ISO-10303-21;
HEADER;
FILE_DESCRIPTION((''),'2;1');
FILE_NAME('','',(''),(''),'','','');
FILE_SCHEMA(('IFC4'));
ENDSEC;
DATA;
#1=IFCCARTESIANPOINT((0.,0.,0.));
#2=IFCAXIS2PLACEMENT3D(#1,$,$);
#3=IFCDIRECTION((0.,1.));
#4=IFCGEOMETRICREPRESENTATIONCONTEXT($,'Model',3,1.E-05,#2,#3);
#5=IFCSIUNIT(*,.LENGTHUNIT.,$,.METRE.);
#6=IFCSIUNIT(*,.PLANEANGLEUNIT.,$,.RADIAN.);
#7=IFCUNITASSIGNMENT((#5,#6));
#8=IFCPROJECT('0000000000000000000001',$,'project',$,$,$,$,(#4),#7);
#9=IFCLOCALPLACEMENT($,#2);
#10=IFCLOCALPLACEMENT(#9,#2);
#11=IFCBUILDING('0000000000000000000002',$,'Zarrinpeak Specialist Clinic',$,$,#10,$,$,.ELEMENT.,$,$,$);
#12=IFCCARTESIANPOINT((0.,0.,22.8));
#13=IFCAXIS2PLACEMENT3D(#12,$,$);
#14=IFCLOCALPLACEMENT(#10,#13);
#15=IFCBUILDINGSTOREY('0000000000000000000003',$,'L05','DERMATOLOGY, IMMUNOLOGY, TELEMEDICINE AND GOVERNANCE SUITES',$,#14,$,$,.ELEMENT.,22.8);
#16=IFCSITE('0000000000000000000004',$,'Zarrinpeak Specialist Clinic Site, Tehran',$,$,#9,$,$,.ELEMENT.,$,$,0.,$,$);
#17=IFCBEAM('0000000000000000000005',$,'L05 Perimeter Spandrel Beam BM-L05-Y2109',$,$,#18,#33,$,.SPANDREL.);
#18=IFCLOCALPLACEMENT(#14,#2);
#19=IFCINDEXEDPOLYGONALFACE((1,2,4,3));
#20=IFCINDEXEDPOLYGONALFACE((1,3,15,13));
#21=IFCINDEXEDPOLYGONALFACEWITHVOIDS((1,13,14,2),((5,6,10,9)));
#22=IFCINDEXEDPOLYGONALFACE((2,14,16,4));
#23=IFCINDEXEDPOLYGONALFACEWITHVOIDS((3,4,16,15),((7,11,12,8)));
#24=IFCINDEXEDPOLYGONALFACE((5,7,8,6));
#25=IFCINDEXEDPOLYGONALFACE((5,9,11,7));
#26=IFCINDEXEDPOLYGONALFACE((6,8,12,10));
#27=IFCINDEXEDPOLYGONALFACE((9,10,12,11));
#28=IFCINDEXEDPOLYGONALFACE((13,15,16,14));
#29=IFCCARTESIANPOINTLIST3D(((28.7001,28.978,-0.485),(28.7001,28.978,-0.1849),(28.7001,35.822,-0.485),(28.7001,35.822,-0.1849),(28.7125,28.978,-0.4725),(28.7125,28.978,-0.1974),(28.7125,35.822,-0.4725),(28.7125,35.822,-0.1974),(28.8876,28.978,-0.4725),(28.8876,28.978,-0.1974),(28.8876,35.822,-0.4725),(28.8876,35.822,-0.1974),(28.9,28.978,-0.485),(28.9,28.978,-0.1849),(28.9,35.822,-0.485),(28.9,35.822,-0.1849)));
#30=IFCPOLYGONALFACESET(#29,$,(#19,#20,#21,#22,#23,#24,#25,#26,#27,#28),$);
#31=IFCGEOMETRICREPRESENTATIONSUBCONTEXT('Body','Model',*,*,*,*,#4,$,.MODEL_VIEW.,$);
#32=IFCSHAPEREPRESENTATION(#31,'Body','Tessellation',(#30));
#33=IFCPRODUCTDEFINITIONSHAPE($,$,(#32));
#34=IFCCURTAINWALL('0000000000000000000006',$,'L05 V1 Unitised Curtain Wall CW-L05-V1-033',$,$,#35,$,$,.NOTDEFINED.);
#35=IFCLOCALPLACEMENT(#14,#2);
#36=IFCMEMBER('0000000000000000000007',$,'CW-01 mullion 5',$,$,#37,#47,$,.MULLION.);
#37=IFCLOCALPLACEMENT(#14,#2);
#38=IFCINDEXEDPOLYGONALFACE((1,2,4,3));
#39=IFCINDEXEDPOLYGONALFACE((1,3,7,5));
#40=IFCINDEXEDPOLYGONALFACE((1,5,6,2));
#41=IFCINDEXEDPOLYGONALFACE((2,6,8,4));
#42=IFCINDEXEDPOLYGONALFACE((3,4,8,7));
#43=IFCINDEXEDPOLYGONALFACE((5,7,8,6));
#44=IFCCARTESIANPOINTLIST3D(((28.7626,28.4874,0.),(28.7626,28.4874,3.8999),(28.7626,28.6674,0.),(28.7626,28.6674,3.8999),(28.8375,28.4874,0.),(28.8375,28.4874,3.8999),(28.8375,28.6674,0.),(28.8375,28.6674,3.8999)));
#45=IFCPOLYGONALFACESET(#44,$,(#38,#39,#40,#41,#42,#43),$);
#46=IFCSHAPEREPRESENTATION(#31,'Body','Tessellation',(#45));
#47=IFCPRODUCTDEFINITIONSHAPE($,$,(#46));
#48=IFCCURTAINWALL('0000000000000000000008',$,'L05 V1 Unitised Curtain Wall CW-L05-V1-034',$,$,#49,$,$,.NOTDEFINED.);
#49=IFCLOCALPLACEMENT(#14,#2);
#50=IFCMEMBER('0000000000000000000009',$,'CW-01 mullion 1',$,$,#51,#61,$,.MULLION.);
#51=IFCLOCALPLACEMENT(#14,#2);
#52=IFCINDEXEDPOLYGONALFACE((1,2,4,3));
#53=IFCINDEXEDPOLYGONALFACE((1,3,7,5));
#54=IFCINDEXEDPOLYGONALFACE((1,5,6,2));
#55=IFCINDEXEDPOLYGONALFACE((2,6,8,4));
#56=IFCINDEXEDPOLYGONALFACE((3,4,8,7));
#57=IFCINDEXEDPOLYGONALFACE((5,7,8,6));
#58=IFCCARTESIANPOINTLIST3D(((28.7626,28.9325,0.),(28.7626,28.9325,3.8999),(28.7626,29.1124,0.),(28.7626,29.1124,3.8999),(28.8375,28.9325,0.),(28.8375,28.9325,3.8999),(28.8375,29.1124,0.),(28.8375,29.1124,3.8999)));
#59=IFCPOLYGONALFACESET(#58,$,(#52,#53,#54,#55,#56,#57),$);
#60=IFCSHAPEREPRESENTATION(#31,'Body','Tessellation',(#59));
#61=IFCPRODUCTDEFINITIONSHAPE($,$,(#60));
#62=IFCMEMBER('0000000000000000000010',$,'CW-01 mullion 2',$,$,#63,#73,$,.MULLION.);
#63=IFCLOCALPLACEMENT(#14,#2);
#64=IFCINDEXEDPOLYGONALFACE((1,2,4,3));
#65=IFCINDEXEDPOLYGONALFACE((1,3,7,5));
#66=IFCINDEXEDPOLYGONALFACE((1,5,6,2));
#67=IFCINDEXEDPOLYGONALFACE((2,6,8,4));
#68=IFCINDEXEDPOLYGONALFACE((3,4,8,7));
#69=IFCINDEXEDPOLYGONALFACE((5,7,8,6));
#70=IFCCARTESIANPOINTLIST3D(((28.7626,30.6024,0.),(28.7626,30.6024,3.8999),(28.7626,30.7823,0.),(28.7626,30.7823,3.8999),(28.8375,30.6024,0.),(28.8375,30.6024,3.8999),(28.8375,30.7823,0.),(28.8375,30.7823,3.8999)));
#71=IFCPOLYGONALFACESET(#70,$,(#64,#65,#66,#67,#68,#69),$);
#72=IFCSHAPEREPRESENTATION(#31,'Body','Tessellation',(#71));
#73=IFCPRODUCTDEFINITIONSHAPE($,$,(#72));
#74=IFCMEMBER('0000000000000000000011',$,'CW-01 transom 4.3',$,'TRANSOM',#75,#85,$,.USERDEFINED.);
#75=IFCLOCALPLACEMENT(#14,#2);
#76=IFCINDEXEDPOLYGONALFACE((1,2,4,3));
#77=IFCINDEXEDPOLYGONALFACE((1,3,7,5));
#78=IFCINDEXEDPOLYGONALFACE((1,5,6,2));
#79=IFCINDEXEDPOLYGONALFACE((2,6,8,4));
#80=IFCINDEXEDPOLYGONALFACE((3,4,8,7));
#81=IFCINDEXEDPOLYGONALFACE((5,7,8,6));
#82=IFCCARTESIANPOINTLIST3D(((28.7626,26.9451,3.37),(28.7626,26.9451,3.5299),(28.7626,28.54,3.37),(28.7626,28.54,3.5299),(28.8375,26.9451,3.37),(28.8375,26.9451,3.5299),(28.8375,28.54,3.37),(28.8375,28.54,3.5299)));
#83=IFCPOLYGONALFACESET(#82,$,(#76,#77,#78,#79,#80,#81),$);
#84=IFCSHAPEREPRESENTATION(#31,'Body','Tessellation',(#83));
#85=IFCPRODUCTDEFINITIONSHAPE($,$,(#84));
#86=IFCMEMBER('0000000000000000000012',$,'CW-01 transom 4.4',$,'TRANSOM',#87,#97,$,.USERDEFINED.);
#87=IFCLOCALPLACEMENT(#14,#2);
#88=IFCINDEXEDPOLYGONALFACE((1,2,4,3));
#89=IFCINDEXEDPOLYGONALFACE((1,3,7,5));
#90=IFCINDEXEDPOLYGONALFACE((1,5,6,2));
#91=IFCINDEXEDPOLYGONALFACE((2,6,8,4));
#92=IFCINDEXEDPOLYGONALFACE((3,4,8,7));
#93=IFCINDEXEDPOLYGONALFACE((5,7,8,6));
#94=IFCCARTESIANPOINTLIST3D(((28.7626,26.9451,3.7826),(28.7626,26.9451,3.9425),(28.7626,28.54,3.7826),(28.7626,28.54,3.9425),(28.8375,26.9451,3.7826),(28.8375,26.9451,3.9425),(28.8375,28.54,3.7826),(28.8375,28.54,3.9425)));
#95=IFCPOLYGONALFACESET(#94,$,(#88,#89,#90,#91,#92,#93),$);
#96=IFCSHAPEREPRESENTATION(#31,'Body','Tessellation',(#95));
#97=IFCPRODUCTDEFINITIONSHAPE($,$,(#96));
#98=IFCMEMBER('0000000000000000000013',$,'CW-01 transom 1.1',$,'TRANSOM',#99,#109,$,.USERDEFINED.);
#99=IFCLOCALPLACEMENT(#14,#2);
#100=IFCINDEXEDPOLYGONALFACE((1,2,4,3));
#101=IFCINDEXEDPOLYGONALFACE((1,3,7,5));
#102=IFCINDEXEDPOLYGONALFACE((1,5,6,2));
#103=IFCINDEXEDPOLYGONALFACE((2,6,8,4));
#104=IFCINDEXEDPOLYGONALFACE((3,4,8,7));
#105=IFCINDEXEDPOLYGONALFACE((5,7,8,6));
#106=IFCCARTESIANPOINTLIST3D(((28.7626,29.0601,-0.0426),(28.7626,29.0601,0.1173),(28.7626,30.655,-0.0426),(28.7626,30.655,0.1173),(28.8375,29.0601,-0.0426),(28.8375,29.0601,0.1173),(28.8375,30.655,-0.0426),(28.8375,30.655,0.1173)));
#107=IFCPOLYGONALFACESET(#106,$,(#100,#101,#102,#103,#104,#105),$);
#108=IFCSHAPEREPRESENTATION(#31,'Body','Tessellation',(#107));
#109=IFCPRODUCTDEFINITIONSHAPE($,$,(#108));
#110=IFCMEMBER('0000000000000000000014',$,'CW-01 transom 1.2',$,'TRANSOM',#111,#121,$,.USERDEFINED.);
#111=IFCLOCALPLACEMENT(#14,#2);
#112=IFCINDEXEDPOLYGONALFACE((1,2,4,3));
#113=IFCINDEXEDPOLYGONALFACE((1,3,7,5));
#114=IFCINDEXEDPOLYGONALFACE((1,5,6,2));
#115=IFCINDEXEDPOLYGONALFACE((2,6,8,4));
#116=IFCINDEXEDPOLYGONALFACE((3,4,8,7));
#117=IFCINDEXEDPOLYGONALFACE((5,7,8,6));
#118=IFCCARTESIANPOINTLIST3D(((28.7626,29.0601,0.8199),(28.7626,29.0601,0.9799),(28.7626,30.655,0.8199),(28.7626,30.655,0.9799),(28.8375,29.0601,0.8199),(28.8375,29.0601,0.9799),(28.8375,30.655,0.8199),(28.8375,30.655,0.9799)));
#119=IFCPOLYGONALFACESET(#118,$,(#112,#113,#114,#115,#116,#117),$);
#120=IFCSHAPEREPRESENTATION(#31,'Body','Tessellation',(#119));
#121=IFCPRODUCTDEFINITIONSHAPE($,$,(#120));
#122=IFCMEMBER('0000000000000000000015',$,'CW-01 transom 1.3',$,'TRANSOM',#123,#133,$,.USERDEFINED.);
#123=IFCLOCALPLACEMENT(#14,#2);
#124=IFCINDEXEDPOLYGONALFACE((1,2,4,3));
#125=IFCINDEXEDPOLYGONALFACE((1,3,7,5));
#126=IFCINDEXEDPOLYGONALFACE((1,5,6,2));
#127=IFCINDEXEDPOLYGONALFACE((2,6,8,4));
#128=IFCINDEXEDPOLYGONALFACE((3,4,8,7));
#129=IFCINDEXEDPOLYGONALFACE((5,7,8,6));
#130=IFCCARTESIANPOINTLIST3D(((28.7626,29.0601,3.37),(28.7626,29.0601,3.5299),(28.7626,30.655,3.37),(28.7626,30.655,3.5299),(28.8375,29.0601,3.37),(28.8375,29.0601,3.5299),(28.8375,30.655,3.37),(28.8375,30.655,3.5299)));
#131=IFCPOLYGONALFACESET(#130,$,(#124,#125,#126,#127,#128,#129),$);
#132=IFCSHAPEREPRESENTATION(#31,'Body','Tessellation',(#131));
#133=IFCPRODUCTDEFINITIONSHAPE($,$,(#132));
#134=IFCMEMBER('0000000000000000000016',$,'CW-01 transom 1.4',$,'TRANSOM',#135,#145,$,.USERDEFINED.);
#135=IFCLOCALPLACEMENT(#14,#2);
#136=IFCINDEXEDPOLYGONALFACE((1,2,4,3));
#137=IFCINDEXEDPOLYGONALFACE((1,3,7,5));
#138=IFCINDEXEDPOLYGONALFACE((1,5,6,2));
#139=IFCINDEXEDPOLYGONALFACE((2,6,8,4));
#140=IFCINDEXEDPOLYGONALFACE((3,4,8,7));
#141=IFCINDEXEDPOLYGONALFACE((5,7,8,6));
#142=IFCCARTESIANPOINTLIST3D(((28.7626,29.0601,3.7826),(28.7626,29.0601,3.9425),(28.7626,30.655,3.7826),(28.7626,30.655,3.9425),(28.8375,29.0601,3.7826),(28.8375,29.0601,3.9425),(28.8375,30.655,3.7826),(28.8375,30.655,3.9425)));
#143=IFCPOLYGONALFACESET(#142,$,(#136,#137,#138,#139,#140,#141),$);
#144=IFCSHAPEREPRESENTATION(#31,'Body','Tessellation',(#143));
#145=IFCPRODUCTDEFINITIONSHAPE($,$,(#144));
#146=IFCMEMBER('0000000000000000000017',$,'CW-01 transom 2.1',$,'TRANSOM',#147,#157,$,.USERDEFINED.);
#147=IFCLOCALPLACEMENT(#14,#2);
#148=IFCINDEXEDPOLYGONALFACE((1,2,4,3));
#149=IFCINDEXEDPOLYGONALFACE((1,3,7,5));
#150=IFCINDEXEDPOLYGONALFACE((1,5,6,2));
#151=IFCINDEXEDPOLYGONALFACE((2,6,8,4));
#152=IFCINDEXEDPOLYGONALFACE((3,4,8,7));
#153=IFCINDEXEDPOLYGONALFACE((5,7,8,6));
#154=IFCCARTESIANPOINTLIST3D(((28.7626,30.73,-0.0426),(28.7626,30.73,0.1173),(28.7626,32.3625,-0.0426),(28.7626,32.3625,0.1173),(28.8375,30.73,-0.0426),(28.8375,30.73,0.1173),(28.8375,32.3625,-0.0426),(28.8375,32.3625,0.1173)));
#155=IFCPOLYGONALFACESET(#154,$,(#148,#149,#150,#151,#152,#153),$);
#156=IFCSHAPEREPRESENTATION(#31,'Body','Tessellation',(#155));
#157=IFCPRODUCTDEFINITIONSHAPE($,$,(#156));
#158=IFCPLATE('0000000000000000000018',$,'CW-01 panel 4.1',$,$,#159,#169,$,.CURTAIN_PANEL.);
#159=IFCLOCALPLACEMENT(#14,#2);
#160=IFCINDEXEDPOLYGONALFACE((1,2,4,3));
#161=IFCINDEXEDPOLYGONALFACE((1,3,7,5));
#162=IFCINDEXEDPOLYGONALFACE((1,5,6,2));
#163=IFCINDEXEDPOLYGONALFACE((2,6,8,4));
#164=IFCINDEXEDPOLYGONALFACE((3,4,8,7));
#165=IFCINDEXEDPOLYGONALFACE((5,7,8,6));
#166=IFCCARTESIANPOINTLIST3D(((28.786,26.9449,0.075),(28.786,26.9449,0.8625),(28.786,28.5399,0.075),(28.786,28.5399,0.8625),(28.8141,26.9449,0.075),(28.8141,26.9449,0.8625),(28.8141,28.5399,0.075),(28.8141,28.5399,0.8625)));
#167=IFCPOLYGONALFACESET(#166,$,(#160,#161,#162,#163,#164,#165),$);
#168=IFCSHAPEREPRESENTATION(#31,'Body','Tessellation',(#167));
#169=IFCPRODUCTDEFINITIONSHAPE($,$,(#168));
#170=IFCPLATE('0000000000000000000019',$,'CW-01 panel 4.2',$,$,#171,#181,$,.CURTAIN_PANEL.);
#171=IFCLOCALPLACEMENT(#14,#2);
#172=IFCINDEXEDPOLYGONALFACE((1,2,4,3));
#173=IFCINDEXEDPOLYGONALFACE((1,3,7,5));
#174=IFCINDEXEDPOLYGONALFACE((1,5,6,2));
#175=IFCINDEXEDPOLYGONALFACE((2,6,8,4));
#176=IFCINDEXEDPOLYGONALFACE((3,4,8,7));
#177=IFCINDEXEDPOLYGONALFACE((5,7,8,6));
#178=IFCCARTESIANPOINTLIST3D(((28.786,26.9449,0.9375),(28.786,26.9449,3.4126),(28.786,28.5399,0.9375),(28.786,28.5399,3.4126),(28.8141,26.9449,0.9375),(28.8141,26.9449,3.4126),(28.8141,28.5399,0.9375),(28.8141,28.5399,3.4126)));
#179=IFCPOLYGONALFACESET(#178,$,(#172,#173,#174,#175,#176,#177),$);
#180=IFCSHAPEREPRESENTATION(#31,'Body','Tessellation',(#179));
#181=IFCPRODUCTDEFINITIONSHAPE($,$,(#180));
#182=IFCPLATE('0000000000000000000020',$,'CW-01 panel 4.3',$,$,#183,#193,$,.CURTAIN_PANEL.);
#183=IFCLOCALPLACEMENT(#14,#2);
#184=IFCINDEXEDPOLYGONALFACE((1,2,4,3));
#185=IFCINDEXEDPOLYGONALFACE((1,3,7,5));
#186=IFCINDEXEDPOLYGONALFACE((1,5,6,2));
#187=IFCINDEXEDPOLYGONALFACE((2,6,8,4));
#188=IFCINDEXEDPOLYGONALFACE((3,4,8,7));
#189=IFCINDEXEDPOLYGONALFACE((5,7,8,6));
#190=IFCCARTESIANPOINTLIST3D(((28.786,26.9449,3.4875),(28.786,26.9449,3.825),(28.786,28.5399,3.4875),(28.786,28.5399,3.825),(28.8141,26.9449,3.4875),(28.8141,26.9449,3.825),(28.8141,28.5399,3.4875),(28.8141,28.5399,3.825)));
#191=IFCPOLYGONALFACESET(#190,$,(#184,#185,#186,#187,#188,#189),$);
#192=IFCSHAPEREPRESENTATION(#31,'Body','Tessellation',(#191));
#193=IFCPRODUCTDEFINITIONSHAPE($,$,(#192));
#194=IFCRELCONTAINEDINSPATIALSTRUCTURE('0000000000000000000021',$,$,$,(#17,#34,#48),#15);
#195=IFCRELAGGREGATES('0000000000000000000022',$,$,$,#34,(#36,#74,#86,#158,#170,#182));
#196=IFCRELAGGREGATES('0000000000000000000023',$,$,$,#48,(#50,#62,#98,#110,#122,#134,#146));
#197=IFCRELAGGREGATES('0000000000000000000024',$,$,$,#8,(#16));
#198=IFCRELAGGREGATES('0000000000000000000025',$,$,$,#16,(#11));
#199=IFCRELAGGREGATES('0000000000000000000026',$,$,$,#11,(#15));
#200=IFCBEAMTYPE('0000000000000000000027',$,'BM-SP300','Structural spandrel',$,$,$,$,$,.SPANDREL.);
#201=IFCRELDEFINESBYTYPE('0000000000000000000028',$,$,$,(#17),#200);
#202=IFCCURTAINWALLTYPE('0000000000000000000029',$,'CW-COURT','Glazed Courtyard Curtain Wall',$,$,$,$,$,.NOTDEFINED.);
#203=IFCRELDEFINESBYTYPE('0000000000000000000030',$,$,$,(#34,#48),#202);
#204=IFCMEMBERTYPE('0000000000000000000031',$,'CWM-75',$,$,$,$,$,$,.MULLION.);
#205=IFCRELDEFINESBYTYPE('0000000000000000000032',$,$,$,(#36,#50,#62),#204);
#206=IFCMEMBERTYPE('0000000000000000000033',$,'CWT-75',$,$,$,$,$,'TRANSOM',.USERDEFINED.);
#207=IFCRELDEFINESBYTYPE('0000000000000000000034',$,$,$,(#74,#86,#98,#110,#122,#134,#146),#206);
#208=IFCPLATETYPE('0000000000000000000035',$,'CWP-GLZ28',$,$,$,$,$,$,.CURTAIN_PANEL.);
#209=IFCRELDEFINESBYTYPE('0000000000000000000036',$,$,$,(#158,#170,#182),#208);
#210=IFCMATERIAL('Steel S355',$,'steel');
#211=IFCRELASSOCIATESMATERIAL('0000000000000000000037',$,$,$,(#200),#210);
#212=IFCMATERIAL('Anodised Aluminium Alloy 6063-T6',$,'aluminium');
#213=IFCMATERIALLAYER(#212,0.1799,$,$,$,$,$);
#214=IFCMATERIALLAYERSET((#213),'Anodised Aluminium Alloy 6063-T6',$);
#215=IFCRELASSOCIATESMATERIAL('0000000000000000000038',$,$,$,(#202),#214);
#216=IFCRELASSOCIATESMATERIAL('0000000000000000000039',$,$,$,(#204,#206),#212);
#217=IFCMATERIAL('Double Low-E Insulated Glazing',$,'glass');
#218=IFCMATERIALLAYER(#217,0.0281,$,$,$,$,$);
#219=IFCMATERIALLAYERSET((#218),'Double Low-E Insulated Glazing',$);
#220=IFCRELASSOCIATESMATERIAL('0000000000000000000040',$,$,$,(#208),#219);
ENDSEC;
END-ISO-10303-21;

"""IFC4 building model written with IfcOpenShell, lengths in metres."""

from ifc_helpers import new_model, si_unit, direction, frame, origin, origin_2d, place, context, subcontext, project, spatial, rectangle, hollow_rectangle, extrude, material, layer, layer_set, material_profile, profile_set, type_object, element, aggregate, save


model = new_model("IFC4")

# Units and contexts
model_context = context("Model", 3, precision=1e-05, world=origin(), true_north=direction((0.0, 1.0)))
body_context = subcontext(model_context, "Body", "Model", "MODEL_VIEW")
ifc_project = project(units=[si_unit("LENGTHUNIT", "METRE"), si_unit("PLANEANGLEUNIT", "RADIAN")], contexts=[model_context])

# Site, building, storey
site_placement = place(None, origin())
site = spatial("IfcSite", under=ifc_project, at=site_placement, Name="Zarrinpeak Specialist Clinic Site, Tehran", CompositionType="ELEMENT", RefElevation=0.0)
building_placement = place(site_placement, origin())
building = spatial("IfcBuilding", under=site, at=building_placement, Name="Zarrinpeak Specialist Clinic", CompositionType="ELEMENT")
storey_placement = place(building_placement, frame((0.0, 0.0, 22.8)))
storey = spatial("IfcBuildingStorey", under=building, at=storey_placement, Name="L05", Description="DERMATOLOGY, IMMUNOLOGY, TELEMEDICINE AND GOVERNANCE SUITES", CompositionType="ELEMENT", Elevation=22.8)

# Shared definitions
ifc_material_1 = material(Name="Steel S355", Category="steel")

# Beam
ifc_material_profile_1 = material_profile(ifc_material_1, hollow_rectangle(XDim=0.2, YDim=0.3, WallThickness=0.0125, at=origin_2d()), Name="RHS 300x200x12.5")
ifc_profile_set_1 = profile_set([ifc_material_profile_1], Name="Steel S355")
beam_type_1 = type_object("IfcBeamType", Name="BM-SP300", Description="Structural spandrel", PredefinedType="SPANDREL", material=ifc_profile_set_1)
beam_1_placement = place(storey_placement, frame((28.8, 28.978, -0.335), z_axis=(0.0, 1.0, 0.0), x_axis=(-1.0, 0.0, 0.0)))
element("IfcBeam", 1, at=beam_1_placement, inside=storey, type_object=beam_type_1, Name="L05 Perimeter Spandrel Beam BM-L05-Y2109", PredefinedType="SPANDREL", context=body_context, shape_type="SweptSolid", body=[
    extrude(hollow_rectangle(XDim=0.2, YDim=0.3, WallThickness=0.0125, at=origin_2d()), origin(), (0.0, 0.0, 1.0), 6.844),
])

# Curtain wall, member
ifc_material_2 = material(Name="Anodised Aluminium Alloy 6063-T6", Category="aluminium")
ifc_layer_1 = layer(ifc_material_2, 0.1799)
ifc_layer_set_1 = layer_set([ifc_layer_1], Name="Anodised Aluminium Alloy 6063-T6")
curtain_wall_type = type_object("IfcCurtainWallType", Name="CW-COURT", Description="Glazed Courtyard Curtain Wall", PredefinedType="NOTDEFINED", material=ifc_layer_set_1)
curtain_wall_1_placement = place(storey_placement, origin())
curtain_wall_1 = element("IfcCurtainWall", 2, at=curtain_wall_1_placement, inside=storey, type_object=curtain_wall_type, Name="L05 V1 Unitised Curtain Wall CW-L05-V1-033", PredefinedType="NOTDEFINED")
ifc_material_profile_2 = material_profile(ifc_material_2, rectangle(XDim=0.075, YDim=0.1799, at=origin_2d()), Name="ALU 75x180")
ifc_profile_set_2 = profile_set([ifc_material_profile_2], Name="Anodised Aluminium Alloy 6063-T6")
member_type_1 = type_object("IfcMemberType", Name="CWM-75", PredefinedType="MULLION", material=ifc_profile_set_2)
member_1_placement = place(storey_placement, frame((28.8, 28.5774, 0.0), z_axis=(0.0, 0.0, 1.0), x_axis=(-1.0, 0.0, 0.0)))
member_1 = element("IfcMember", 3, at=member_1_placement, type_object=member_type_1, Name="CW-01 mullion 5", PredefinedType="MULLION", context=body_context, shape_type="SweptSolid", body=[
    extrude(rectangle(XDim=0.075, YDim=0.1799, at=origin_2d()), origin(), (0.0, 0.0, 1.0), 3.8999),
])

# Curtain wall, members
curtain_wall_2_placement = place(storey_placement, origin())
curtain_wall_2 = element("IfcCurtainWall", 4, at=curtain_wall_2_placement, inside=storey, type_object=curtain_wall_type, Name="L05 V1 Unitised Curtain Wall CW-L05-V1-034", PredefinedType="NOTDEFINED")
member_2_placement = place(storey_placement, frame((28.8, 29.0225, 0.0), z_axis=(0.0, 0.0, 1.0), x_axis=(-1.0, 0.0, 0.0)))
member_2 = element("IfcMember", 5, at=member_2_placement, type_object=member_type_1, Name="CW-01 mullion 1", PredefinedType="MULLION", context=body_context, shape_type="SweptSolid", body=[
    extrude(rectangle(XDim=0.075, YDim=0.1799, at=origin_2d()), origin(), (0.0, 0.0, 1.0), 3.8999),
])
member_3_placement = place(storey_placement, frame((28.8, 30.6924, 0.0), z_axis=(0.0, 0.0, 1.0), x_axis=(-1.0, 0.0, 0.0)))
member_3 = element("IfcMember", 6, at=member_3_placement, type_object=member_type_1, Name="CW-01 mullion 2", PredefinedType="MULLION", context=body_context, shape_type="SweptSolid", body=[
    extrude(rectangle(XDim=0.075, YDim=0.1799, at=origin_2d()), origin(), (0.0, 0.0, 1.0), 3.8999),
])

# Members
ifc_material_profile_3 = material_profile(ifc_material_2, rectangle(XDim=0.075, YDim=0.1599, at=origin_2d()), Name="ALU 75x160")
ifc_profile_set_3 = profile_set([ifc_material_profile_3], Name="Anodised Aluminium Alloy 6063-T6")
member_type_2 = type_object("IfcMemberType", Name="CWT-75", ElementType="TRANSOM", PredefinedType="USERDEFINED", material=ifc_profile_set_3)
member_4_placement = place(storey_placement, frame((28.8, 26.9451, 3.45), z_axis=(0.0, 1.0, 0.0), x_axis=(-1.0, 0.0, 0.0)))
member_4 = element("IfcMember", 7, at=member_4_placement, type_object=member_type_2, Name="CW-01 transom 4.3", ObjectType="TRANSOM", PredefinedType="USERDEFINED", context=body_context, shape_type="SweptSolid", body=[
    extrude(rectangle(XDim=0.075, YDim=0.1599, at=origin_2d()), origin(), (0.0, 0.0, 1.0), 1.595),
])
member_5_placement = place(storey_placement, frame((28.8, 26.9451, 3.8625), z_axis=(0.0, 1.0, 0.0), x_axis=(-1.0, 0.0, 0.0)))
member_5 = element("IfcMember", 8, at=member_5_placement, type_object=member_type_2, Name="CW-01 transom 4.4", ObjectType="TRANSOM", PredefinedType="USERDEFINED", context=body_context, shape_type="SweptSolid", body=[
    extrude(rectangle(XDim=0.075, YDim=0.1599, at=origin_2d()), origin(), (0.0, 0.0, 1.0), 1.595),
])
member_6_placement = place(storey_placement, frame((28.8, 29.0601, 0.0374), z_axis=(0.0, 1.0, 0.0), x_axis=(-1.0, 0.0, 0.0)))
member_6 = element("IfcMember", 9, at=member_6_placement, type_object=member_type_2, Name="CW-01 transom 1.1", ObjectType="TRANSOM", PredefinedType="USERDEFINED", context=body_context, shape_type="SweptSolid", body=[
    extrude(rectangle(XDim=0.075, YDim=0.1599, at=origin_2d()), origin(), (0.0, 0.0, 1.0), 1.595),
])
member_7_placement = place(storey_placement, frame((28.8, 29.0601, 0.8999), z_axis=(0.0, 1.0, 0.0), x_axis=(-1.0, 0.0, 0.0)))
member_7 = element("IfcMember", 10, at=member_7_placement, type_object=member_type_2, Name="CW-01 transom 1.2", ObjectType="TRANSOM", PredefinedType="USERDEFINED", context=body_context, shape_type="SweptSolid", body=[
    extrude(rectangle(XDim=0.075, YDim=0.1599, at=origin_2d()), origin(), (0.0, 0.0, 1.0), 1.595),
])
member_8_placement = place(storey_placement, frame((28.8, 29.0601, 3.45), z_axis=(0.0, 1.0, 0.0), x_axis=(-1.0, 0.0, 0.0)))
member_8 = element("IfcMember", 11, at=member_8_placement, type_object=member_type_2, Name="CW-01 transom 1.3", ObjectType="TRANSOM", PredefinedType="USERDEFINED", context=body_context, shape_type="SweptSolid", body=[
    extrude(rectangle(XDim=0.075, YDim=0.1599, at=origin_2d()), origin(), (0.0, 0.0, 1.0), 1.595),
])
member_9_placement = place(storey_placement, frame((28.8, 29.0601, 3.8625), z_axis=(0.0, 1.0, 0.0), x_axis=(-1.0, 0.0, 0.0)))
member_9 = element("IfcMember", 12, at=member_9_placement, type_object=member_type_2, Name="CW-01 transom 1.4", ObjectType="TRANSOM", PredefinedType="USERDEFINED", context=body_context, shape_type="SweptSolid", body=[
    extrude(rectangle(XDim=0.075, YDim=0.1599, at=origin_2d()), origin(), (0.0, 0.0, 1.0), 1.595),
])
member_10_placement = place(storey_placement, frame((28.8, 30.73, 0.0374), z_axis=(0.0, 1.0, 0.0), x_axis=(-1.0, 0.0, 0.0)))
member_10 = element("IfcMember", 13, at=member_10_placement, type_object=member_type_2, Name="CW-01 transom 2.1", ObjectType="TRANSOM", PredefinedType="USERDEFINED", context=body_context, shape_type="SweptSolid", body=[
    extrude(rectangle(XDim=0.075, YDim=0.1599, at=origin_2d()), origin(), (0.0, 0.0, 1.0), 1.6326),
])

# Plates
ifc_material_3 = material(Name="Double Low-E Insulated Glazing", Category="glass")
ifc_layer_2 = layer(ifc_material_3, 0.0281)
ifc_layer_set_2 = layer_set([ifc_layer_2], Name="Double Low-E Insulated Glazing")
plate_type = type_object("IfcPlateType", Name="CWP-GLZ28", PredefinedType="CURTAIN_PANEL", material=ifc_layer_set_2)
plate_1_placement = place(storey_placement, frame((28.8, 27.7424, 0.075), z_axis=(0.0, 0.0, 1.0), x_axis=(0.0, 1.0, 0.0)))
plate_1 = element("IfcPlate", 14, at=plate_1_placement, type_object=plate_type, Name="CW-01 panel 4.1", PredefinedType="CURTAIN_PANEL", context=body_context, shape_type="SweptSolid", body=[
    extrude(rectangle(XDim=1.595, YDim=0.0281, at=origin_2d()), origin(), (0.0, 0.0, 1.0), 0.7876),
])
plate_2_placement = place(storey_placement, frame((28.8, 27.7424, 0.9375), z_axis=(0.0, 0.0, 1.0), x_axis=(0.0, 1.0, 0.0)))
plate_2 = element("IfcPlate", 15, at=plate_2_placement, type_object=plate_type, Name="CW-01 panel 4.2", PredefinedType="CURTAIN_PANEL", context=body_context, shape_type="SweptSolid", body=[
    extrude(rectangle(XDim=1.595, YDim=0.0281, at=origin_2d()), origin(), (0.0, 0.0, 1.0), 2.4751),
])
plate_3_placement = place(storey_placement, frame((28.8, 27.7424, 3.4875), z_axis=(0.0, 0.0, 1.0), x_axis=(0.0, 1.0, 0.0)))
plate_3 = element("IfcPlate", 16, at=plate_3_placement, type_object=plate_type, Name="CW-01 panel 4.3", PredefinedType="CURTAIN_PANEL", context=body_context, shape_type="SweptSolid", body=[
    extrude(rectangle(XDim=1.595, YDim=0.0281, at=origin_2d()), origin(), (0.0, 0.0, 1.0), 0.3374),
])
aggregate(curtain_wall_1, [member_1, member_4, member_5, plate_1, plate_2, plate_3])
aggregate(curtain_wall_2, [member_2, member_3, member_6, member_7, member_8, member_9, member_10])

save(model, "model.ifc")
